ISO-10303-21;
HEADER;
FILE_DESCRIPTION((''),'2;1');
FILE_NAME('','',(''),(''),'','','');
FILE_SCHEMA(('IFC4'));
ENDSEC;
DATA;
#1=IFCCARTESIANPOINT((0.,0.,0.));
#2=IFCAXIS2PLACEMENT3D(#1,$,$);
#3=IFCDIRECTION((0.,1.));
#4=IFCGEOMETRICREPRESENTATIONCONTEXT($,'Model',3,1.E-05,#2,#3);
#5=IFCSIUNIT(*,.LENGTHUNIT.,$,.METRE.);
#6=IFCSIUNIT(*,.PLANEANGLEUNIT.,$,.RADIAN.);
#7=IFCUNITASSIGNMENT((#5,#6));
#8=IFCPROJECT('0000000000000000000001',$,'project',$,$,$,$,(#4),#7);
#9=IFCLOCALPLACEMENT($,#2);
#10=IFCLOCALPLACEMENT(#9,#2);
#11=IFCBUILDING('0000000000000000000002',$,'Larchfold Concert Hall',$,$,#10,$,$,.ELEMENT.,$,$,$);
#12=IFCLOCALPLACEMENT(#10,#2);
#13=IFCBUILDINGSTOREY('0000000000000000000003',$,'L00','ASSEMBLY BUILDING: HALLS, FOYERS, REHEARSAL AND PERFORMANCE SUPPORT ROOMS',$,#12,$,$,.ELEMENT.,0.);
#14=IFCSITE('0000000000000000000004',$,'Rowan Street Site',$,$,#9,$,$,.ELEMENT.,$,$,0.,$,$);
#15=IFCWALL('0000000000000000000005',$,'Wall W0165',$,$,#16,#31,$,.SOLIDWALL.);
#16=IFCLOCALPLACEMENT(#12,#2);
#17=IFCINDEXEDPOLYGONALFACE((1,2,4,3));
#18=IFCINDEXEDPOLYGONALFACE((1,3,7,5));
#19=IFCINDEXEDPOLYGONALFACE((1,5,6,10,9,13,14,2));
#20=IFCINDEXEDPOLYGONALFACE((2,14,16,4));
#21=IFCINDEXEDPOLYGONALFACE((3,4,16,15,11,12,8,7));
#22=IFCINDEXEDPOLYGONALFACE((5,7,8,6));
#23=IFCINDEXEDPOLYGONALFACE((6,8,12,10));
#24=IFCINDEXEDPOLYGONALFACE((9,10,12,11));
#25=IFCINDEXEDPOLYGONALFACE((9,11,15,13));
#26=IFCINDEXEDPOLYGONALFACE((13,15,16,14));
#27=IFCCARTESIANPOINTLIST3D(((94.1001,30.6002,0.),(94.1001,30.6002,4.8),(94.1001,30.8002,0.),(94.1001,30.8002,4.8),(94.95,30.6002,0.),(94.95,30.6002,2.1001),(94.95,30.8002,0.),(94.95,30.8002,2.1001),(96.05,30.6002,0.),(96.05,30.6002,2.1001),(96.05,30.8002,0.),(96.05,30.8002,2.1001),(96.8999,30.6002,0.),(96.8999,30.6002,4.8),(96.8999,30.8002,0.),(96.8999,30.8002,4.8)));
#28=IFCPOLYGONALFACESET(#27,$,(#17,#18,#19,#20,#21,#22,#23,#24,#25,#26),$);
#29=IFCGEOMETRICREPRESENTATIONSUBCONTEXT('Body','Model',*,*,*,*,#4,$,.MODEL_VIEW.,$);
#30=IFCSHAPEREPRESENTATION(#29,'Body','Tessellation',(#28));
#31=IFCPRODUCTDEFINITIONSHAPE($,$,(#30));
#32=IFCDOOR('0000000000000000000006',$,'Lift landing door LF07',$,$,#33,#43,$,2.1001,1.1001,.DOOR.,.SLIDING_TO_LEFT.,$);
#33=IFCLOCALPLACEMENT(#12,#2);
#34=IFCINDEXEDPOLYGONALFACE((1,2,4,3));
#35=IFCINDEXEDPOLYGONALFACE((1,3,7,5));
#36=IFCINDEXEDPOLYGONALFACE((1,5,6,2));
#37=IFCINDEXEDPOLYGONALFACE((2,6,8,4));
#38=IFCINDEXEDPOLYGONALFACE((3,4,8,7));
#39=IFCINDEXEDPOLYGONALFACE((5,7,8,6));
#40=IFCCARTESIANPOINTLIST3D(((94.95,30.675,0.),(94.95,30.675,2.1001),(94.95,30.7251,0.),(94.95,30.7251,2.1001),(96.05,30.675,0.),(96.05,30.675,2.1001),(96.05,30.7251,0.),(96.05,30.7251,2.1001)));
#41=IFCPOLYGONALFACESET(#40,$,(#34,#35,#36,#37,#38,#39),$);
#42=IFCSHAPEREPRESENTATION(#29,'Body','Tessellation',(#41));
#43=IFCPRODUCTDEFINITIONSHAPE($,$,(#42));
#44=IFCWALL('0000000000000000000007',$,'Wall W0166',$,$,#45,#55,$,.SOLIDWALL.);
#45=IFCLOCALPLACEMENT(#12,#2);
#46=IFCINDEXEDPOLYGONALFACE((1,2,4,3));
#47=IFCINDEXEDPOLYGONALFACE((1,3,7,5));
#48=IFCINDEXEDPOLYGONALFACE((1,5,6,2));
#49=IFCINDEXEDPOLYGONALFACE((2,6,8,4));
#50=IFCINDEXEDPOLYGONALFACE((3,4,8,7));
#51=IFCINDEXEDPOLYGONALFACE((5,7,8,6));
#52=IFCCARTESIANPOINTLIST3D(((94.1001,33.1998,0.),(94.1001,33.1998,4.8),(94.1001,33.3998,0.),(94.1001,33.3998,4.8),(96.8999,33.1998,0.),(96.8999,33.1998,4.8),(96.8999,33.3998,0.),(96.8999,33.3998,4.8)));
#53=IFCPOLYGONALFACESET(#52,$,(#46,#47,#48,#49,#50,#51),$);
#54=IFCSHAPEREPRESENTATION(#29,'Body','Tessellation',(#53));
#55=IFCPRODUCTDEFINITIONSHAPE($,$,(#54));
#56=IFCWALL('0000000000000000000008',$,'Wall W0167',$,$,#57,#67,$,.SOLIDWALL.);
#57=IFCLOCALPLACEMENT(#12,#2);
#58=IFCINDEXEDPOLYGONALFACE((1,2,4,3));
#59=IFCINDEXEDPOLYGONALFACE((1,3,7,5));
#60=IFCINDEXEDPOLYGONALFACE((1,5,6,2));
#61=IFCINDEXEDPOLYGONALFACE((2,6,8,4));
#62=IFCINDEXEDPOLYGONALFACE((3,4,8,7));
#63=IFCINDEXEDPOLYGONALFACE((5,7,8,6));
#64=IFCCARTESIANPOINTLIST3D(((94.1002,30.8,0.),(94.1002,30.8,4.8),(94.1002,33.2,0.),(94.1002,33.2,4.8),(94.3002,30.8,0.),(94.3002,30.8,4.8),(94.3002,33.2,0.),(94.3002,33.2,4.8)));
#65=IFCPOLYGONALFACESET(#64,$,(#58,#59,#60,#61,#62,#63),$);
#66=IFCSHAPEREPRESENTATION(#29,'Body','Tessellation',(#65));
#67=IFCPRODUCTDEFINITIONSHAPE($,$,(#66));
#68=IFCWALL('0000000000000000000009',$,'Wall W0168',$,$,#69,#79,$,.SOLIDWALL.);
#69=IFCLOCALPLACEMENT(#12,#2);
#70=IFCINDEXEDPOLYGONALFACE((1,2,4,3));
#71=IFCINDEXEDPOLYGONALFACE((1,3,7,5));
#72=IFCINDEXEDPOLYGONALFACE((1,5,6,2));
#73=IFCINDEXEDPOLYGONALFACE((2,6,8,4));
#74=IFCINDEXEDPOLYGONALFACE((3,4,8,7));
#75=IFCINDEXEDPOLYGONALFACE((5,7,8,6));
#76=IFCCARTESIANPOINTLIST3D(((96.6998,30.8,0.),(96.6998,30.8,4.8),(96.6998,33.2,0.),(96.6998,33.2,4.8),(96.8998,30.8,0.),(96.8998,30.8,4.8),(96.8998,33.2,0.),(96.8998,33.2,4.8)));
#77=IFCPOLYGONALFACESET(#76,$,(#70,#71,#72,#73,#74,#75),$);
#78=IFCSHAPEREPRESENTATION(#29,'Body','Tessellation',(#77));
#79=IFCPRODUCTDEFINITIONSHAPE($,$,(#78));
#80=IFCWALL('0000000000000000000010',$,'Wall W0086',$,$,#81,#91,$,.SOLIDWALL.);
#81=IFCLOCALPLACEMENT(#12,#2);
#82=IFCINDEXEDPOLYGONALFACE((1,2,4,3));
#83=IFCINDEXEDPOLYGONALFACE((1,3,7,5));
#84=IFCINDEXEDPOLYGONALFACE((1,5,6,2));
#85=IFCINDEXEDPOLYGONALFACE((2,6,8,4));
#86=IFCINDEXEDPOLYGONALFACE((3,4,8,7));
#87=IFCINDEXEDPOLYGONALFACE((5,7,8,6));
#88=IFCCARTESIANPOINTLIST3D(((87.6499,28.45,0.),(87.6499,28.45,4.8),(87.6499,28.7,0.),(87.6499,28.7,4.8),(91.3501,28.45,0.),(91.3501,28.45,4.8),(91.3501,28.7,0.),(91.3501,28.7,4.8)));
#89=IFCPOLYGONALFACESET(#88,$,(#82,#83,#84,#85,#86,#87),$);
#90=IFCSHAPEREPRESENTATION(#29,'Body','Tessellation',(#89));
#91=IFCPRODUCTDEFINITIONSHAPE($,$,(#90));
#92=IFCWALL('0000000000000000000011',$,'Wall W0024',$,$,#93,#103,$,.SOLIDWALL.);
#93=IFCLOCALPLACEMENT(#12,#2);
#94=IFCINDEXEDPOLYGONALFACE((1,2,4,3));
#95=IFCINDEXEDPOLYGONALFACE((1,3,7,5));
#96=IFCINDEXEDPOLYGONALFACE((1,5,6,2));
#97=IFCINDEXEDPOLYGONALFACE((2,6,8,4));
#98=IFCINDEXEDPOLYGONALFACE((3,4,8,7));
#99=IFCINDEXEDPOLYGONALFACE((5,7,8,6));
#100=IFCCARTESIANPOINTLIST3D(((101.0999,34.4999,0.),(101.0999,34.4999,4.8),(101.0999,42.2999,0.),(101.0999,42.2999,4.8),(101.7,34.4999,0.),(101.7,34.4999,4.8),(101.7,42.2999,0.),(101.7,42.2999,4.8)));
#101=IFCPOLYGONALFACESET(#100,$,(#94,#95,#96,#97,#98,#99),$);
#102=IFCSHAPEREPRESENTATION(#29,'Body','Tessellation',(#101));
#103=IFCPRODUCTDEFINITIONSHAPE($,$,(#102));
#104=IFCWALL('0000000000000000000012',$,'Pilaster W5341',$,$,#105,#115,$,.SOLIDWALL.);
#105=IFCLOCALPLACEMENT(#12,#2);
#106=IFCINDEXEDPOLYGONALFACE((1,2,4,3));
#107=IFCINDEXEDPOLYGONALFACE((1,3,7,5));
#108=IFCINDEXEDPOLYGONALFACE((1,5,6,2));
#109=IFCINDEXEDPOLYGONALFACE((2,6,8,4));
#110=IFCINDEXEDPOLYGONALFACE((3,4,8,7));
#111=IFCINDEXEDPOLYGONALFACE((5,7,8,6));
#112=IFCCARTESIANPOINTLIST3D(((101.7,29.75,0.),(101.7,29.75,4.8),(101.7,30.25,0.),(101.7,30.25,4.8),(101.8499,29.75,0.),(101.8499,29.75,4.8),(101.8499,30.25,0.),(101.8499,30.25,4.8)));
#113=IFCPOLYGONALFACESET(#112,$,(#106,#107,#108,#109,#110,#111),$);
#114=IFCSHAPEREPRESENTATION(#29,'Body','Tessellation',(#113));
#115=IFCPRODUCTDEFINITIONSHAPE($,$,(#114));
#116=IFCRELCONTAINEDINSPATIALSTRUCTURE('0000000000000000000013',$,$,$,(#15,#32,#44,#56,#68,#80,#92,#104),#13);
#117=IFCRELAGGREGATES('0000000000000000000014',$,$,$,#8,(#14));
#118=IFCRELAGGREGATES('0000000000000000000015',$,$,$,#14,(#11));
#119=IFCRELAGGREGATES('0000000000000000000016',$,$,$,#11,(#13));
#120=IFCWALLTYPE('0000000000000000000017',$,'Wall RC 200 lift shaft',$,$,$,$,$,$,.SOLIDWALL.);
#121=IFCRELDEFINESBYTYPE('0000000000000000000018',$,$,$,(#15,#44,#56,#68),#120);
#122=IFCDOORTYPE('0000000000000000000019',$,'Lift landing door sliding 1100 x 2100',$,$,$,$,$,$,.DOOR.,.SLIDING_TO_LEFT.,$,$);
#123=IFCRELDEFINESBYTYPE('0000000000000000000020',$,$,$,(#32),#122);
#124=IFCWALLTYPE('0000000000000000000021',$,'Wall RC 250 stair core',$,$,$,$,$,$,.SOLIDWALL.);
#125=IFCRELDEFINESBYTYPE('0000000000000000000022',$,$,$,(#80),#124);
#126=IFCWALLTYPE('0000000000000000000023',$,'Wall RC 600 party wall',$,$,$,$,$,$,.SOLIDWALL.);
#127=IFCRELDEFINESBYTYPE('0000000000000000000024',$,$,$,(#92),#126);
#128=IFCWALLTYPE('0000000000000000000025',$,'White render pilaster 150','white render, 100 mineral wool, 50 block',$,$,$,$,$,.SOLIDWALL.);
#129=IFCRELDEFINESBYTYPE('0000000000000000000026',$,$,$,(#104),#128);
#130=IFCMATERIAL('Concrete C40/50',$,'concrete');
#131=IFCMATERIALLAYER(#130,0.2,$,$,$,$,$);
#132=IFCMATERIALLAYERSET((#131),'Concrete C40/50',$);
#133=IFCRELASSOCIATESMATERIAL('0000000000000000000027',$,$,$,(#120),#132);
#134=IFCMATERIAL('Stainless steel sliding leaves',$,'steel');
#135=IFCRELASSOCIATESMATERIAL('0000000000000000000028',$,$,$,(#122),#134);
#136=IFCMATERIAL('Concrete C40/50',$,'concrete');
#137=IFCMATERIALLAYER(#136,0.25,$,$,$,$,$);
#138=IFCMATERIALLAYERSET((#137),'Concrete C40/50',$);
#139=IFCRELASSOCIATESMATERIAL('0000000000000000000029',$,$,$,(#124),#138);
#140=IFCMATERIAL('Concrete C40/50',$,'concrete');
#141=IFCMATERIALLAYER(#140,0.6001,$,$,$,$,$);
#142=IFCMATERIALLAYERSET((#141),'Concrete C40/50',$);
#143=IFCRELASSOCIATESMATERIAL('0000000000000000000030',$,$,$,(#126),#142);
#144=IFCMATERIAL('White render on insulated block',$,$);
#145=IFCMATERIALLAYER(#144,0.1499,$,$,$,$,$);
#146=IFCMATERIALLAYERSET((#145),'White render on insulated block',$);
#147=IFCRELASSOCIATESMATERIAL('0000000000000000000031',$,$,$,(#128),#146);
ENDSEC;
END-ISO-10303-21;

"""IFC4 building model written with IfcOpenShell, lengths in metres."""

from ifc_helpers import new_model, si_unit, direction, frame, frame_2d, origin, place, context, subcontext, project, spatial, rectangle, extrude, material, layer, layer_set, type_object, element, fill, save


model = new_model("IFC4")

# Units and contexts
model_context = context("Model", 3, precision=1e-05, world=origin(), true_north=direction((0.0, 1.0)))
body_context = subcontext(model_context, "Body", "Model", "MODEL_VIEW")
ifc_project = project(units=[si_unit("LENGTHUNIT", "METRE"), si_unit("PLANEANGLEUNIT", "RADIAN")], contexts=[model_context])

# Site, building, storey
site_placement = place(None, origin())
site = spatial("IfcSite", under=ifc_project, at=site_placement, Name="Rowan Street Site", CompositionType="ELEMENT", RefElevation=0.0)
building_placement = place(site_placement, origin())
building = spatial("IfcBuilding", under=site, at=building_placement, Name="Larchfold Concert Hall", CompositionType="ELEMENT")
storey_placement = place(building_placement, origin())
storey = spatial("IfcBuildingStorey", under=building, at=storey_placement, Name="L00", Description="ASSEMBLY BUILDING: HALLS, FOYERS, REHEARSAL AND PERFORMANCE SUPPORT ROOMS", CompositionType="ELEMENT", Elevation=0.0)

# Wall, opening, door
ifc_material_1 = material(Name="Concrete C40/50", Category="concrete")
ifc_layer_1 = layer(ifc_material_1, 0.2)
ifc_layer_set_1 = layer_set([ifc_layer_1], Name="Concrete C40/50")
wall_type_1 = type_object("IfcWallType", Name="Wall RC 200 lift shaft", PredefinedType="SOLIDWALL", material=ifc_layer_set_1)
wall_1_placement = place(storey_placement, frame((94.1001, 30.7002, 0.0), z_axis=(0.0, 0.0, 1.0), x_axis=(1.0, 0.0, 0.0)))
wall_1 = element("IfcWall", 1, at=wall_1_placement, inside=storey, type_object=wall_type_1, Name="Wall W0165", PredefinedType="SOLIDWALL", context=body_context, shape_type="SweptSolid", body=[
    extrude(rectangle(XDim=2.7998, YDim=0.2, at=frame_2d((1.3999, 0.0))), origin(), (0.0, 0.0, 1.0), 4.8),
])
opening_1_placement = place(wall_1_placement, frame((0.8499, 0.0, 0.0)))
opening_1 = element("IfcOpeningElement", 2, at=opening_1_placement, cuts=wall_1, PredefinedType="OPENING", context=body_context, shape_type="SweptSolid", body=[
    extrude(rectangle(XDim=1.1001, YDim=2.1001, at=frame_2d((0.55, 1.05))), frame((0.0, 0.1099, 0.0), z_axis=(0.0, -1.0, 0.0), x_axis=(1.0, 0.0, 0.0)), (0.0, 0.0, 1.0), 0.22),
])
ifc_material_2 = material(Name="Stainless steel sliding leaves", Category="steel")
door_type_1 = type_object("IfcDoorType", Name="Lift landing door sliding 1100 x 2100", OperationType="SLIDING_TO_LEFT", PredefinedType="DOOR", material=ifc_material_2)
door_1_placement = place(opening_1_placement, origin())
door_1 = element("IfcDoor", 3, at=door_1_placement, inside=storey, type_object=door_type_1, Name="Lift landing door LF07", OperationType="SLIDING_TO_LEFT", OverallHeight=2.1001, OverallWidth=1.1001, PredefinedType="DOOR", context=body_context, shape_type="SweptSolid", body=[
    extrude(rectangle(XDim=1.1001, YDim=2.1001, at=frame_2d((0.55, 1.05))), frame((0.0, 0.0249, 0.0), z_axis=(0.0, -1.0, 0.0), x_axis=(1.0, 0.0, 0.0)), (0.0, 0.0, 1.0), 0.05),
])
fill(opening_1, door_1)

# Walls
wall_2_placement = place(storey_placement, frame((94.1001, 33.2998, 0.0), z_axis=(0.0, 0.0, 1.0), x_axis=(1.0, 0.0, 0.0)))
element("IfcWall", 4, at=wall_2_placement, inside=storey, type_object=wall_type_1, Name="Wall W0166", PredefinedType="SOLIDWALL", context=body_context, shape_type="SweptSolid", body=[
    extrude(rectangle(XDim=2.7998, YDim=0.2, at=frame_2d((1.3999, 0.0))), origin(), (0.0, 0.0, 1.0), 4.8),
])
for number, where, z_axis, x_axis, name in (
    (5, (94.2002, 30.8, 0.0), (0.0, 0.0, 1.0), (0.0, 1.0, 0.0), "Wall W0167"),
    (6, (96.7998, 30.8, 0.0), (0.0, 0.0, 1.0), (0.0, 1.0, 0.0), "Wall W0168"),
):
    element("IfcWall", number, at=place(storey_placement, frame(where, z_axis=z_axis, x_axis=x_axis)), inside=storey, type_object=wall_type_1, Name=name, PredefinedType="SOLIDWALL", context=body_context, shape_type="SweptSolid", body=[
        extrude(rectangle(XDim=2.3999, YDim=0.2, at=frame_2d((1.2, 0.0))), origin(), (0.0, 0.0, 1.0), 4.8),
    ])
ifc_material_3 = material(Name="Concrete C40/50", Category="concrete")
ifc_layer_2 = layer(ifc_material_3, 0.25)
ifc_layer_set_2 = layer_set([ifc_layer_2], Name="Concrete C40/50")
wall_type_2 = type_object("IfcWallType", Name="Wall RC 250 stair core", PredefinedType="SOLIDWALL", material=ifc_layer_set_2)
wall_3_placement = place(storey_placement, frame((87.6499, 28.575, 0.0), z_axis=(0.0, 0.0, 1.0), x_axis=(1.0, 0.0, 0.0)))
element("IfcWall", 7, at=wall_3_placement, inside=storey, type_object=wall_type_2, Name="Wall W0086", PredefinedType="SOLIDWALL", context=body_context, shape_type="SweptSolid", body=[
    extrude(rectangle(XDim=3.7002, YDim=0.25, at=frame_2d((1.8501, 0.0))), origin(), (0.0, 0.0, 1.0), 4.8),
])
ifc_material_4 = material(Name="Concrete C40/50", Category="concrete")
ifc_layer_3 = layer(ifc_material_4, 0.6001)
ifc_layer_set_3 = layer_set([ifc_layer_3], Name="Concrete C40/50")
wall_type_3 = type_object("IfcWallType", Name="Wall RC 600 party wall", PredefinedType="SOLIDWALL", material=ifc_layer_set_3)
wall_4_placement = place(storey_placement, frame((101.3999, 34.5, 0.0), z_axis=(0.0, 0.0, 1.0), x_axis=(0.0, 1.0, 0.0)))
element("IfcWall", 8, at=wall_4_placement, inside=storey, type_object=wall_type_3, Name="Wall W0024", PredefinedType="SOLIDWALL", context=body_context, shape_type="SweptSolid", body=[
    extrude(rectangle(XDim=7.8, YDim=0.6001, at=frame_2d((3.8999, 0.0))), origin(), (0.0, 0.0, 1.0), 4.8),
])
ifc_material_5 = material(Name="White render on insulated block")
ifc_layer_4 = layer(ifc_material_5, 0.1499)
ifc_layer_set_4 = layer_set([ifc_layer_4], Name="White render on insulated block")
wall_type_4 = type_object("IfcWallType", Name="White render pilaster 150", Description="white render, 100 mineral wool, 50 block", PredefinedType="SOLIDWALL", material=ifc_layer_set_4)
wall_5_placement = place(storey_placement, frame((101.7749, 29.75, 0.0), z_axis=(0.0, 0.0, 1.0), x_axis=(0.0, 1.0, 0.0)))
element("IfcWall", 9, at=wall_5_placement, inside=storey, type_object=wall_type_4, Name="Pilaster W5341", PredefinedType="SOLIDWALL", context=body_context, shape_type="SweptSolid", body=[
    extrude(rectangle(XDim=0.5, YDim=0.1499, at=frame_2d((0.25, 0.0))), origin(), (0.0, 0.0, 1.0), 4.8),
])

save(model, "model.ifc")
